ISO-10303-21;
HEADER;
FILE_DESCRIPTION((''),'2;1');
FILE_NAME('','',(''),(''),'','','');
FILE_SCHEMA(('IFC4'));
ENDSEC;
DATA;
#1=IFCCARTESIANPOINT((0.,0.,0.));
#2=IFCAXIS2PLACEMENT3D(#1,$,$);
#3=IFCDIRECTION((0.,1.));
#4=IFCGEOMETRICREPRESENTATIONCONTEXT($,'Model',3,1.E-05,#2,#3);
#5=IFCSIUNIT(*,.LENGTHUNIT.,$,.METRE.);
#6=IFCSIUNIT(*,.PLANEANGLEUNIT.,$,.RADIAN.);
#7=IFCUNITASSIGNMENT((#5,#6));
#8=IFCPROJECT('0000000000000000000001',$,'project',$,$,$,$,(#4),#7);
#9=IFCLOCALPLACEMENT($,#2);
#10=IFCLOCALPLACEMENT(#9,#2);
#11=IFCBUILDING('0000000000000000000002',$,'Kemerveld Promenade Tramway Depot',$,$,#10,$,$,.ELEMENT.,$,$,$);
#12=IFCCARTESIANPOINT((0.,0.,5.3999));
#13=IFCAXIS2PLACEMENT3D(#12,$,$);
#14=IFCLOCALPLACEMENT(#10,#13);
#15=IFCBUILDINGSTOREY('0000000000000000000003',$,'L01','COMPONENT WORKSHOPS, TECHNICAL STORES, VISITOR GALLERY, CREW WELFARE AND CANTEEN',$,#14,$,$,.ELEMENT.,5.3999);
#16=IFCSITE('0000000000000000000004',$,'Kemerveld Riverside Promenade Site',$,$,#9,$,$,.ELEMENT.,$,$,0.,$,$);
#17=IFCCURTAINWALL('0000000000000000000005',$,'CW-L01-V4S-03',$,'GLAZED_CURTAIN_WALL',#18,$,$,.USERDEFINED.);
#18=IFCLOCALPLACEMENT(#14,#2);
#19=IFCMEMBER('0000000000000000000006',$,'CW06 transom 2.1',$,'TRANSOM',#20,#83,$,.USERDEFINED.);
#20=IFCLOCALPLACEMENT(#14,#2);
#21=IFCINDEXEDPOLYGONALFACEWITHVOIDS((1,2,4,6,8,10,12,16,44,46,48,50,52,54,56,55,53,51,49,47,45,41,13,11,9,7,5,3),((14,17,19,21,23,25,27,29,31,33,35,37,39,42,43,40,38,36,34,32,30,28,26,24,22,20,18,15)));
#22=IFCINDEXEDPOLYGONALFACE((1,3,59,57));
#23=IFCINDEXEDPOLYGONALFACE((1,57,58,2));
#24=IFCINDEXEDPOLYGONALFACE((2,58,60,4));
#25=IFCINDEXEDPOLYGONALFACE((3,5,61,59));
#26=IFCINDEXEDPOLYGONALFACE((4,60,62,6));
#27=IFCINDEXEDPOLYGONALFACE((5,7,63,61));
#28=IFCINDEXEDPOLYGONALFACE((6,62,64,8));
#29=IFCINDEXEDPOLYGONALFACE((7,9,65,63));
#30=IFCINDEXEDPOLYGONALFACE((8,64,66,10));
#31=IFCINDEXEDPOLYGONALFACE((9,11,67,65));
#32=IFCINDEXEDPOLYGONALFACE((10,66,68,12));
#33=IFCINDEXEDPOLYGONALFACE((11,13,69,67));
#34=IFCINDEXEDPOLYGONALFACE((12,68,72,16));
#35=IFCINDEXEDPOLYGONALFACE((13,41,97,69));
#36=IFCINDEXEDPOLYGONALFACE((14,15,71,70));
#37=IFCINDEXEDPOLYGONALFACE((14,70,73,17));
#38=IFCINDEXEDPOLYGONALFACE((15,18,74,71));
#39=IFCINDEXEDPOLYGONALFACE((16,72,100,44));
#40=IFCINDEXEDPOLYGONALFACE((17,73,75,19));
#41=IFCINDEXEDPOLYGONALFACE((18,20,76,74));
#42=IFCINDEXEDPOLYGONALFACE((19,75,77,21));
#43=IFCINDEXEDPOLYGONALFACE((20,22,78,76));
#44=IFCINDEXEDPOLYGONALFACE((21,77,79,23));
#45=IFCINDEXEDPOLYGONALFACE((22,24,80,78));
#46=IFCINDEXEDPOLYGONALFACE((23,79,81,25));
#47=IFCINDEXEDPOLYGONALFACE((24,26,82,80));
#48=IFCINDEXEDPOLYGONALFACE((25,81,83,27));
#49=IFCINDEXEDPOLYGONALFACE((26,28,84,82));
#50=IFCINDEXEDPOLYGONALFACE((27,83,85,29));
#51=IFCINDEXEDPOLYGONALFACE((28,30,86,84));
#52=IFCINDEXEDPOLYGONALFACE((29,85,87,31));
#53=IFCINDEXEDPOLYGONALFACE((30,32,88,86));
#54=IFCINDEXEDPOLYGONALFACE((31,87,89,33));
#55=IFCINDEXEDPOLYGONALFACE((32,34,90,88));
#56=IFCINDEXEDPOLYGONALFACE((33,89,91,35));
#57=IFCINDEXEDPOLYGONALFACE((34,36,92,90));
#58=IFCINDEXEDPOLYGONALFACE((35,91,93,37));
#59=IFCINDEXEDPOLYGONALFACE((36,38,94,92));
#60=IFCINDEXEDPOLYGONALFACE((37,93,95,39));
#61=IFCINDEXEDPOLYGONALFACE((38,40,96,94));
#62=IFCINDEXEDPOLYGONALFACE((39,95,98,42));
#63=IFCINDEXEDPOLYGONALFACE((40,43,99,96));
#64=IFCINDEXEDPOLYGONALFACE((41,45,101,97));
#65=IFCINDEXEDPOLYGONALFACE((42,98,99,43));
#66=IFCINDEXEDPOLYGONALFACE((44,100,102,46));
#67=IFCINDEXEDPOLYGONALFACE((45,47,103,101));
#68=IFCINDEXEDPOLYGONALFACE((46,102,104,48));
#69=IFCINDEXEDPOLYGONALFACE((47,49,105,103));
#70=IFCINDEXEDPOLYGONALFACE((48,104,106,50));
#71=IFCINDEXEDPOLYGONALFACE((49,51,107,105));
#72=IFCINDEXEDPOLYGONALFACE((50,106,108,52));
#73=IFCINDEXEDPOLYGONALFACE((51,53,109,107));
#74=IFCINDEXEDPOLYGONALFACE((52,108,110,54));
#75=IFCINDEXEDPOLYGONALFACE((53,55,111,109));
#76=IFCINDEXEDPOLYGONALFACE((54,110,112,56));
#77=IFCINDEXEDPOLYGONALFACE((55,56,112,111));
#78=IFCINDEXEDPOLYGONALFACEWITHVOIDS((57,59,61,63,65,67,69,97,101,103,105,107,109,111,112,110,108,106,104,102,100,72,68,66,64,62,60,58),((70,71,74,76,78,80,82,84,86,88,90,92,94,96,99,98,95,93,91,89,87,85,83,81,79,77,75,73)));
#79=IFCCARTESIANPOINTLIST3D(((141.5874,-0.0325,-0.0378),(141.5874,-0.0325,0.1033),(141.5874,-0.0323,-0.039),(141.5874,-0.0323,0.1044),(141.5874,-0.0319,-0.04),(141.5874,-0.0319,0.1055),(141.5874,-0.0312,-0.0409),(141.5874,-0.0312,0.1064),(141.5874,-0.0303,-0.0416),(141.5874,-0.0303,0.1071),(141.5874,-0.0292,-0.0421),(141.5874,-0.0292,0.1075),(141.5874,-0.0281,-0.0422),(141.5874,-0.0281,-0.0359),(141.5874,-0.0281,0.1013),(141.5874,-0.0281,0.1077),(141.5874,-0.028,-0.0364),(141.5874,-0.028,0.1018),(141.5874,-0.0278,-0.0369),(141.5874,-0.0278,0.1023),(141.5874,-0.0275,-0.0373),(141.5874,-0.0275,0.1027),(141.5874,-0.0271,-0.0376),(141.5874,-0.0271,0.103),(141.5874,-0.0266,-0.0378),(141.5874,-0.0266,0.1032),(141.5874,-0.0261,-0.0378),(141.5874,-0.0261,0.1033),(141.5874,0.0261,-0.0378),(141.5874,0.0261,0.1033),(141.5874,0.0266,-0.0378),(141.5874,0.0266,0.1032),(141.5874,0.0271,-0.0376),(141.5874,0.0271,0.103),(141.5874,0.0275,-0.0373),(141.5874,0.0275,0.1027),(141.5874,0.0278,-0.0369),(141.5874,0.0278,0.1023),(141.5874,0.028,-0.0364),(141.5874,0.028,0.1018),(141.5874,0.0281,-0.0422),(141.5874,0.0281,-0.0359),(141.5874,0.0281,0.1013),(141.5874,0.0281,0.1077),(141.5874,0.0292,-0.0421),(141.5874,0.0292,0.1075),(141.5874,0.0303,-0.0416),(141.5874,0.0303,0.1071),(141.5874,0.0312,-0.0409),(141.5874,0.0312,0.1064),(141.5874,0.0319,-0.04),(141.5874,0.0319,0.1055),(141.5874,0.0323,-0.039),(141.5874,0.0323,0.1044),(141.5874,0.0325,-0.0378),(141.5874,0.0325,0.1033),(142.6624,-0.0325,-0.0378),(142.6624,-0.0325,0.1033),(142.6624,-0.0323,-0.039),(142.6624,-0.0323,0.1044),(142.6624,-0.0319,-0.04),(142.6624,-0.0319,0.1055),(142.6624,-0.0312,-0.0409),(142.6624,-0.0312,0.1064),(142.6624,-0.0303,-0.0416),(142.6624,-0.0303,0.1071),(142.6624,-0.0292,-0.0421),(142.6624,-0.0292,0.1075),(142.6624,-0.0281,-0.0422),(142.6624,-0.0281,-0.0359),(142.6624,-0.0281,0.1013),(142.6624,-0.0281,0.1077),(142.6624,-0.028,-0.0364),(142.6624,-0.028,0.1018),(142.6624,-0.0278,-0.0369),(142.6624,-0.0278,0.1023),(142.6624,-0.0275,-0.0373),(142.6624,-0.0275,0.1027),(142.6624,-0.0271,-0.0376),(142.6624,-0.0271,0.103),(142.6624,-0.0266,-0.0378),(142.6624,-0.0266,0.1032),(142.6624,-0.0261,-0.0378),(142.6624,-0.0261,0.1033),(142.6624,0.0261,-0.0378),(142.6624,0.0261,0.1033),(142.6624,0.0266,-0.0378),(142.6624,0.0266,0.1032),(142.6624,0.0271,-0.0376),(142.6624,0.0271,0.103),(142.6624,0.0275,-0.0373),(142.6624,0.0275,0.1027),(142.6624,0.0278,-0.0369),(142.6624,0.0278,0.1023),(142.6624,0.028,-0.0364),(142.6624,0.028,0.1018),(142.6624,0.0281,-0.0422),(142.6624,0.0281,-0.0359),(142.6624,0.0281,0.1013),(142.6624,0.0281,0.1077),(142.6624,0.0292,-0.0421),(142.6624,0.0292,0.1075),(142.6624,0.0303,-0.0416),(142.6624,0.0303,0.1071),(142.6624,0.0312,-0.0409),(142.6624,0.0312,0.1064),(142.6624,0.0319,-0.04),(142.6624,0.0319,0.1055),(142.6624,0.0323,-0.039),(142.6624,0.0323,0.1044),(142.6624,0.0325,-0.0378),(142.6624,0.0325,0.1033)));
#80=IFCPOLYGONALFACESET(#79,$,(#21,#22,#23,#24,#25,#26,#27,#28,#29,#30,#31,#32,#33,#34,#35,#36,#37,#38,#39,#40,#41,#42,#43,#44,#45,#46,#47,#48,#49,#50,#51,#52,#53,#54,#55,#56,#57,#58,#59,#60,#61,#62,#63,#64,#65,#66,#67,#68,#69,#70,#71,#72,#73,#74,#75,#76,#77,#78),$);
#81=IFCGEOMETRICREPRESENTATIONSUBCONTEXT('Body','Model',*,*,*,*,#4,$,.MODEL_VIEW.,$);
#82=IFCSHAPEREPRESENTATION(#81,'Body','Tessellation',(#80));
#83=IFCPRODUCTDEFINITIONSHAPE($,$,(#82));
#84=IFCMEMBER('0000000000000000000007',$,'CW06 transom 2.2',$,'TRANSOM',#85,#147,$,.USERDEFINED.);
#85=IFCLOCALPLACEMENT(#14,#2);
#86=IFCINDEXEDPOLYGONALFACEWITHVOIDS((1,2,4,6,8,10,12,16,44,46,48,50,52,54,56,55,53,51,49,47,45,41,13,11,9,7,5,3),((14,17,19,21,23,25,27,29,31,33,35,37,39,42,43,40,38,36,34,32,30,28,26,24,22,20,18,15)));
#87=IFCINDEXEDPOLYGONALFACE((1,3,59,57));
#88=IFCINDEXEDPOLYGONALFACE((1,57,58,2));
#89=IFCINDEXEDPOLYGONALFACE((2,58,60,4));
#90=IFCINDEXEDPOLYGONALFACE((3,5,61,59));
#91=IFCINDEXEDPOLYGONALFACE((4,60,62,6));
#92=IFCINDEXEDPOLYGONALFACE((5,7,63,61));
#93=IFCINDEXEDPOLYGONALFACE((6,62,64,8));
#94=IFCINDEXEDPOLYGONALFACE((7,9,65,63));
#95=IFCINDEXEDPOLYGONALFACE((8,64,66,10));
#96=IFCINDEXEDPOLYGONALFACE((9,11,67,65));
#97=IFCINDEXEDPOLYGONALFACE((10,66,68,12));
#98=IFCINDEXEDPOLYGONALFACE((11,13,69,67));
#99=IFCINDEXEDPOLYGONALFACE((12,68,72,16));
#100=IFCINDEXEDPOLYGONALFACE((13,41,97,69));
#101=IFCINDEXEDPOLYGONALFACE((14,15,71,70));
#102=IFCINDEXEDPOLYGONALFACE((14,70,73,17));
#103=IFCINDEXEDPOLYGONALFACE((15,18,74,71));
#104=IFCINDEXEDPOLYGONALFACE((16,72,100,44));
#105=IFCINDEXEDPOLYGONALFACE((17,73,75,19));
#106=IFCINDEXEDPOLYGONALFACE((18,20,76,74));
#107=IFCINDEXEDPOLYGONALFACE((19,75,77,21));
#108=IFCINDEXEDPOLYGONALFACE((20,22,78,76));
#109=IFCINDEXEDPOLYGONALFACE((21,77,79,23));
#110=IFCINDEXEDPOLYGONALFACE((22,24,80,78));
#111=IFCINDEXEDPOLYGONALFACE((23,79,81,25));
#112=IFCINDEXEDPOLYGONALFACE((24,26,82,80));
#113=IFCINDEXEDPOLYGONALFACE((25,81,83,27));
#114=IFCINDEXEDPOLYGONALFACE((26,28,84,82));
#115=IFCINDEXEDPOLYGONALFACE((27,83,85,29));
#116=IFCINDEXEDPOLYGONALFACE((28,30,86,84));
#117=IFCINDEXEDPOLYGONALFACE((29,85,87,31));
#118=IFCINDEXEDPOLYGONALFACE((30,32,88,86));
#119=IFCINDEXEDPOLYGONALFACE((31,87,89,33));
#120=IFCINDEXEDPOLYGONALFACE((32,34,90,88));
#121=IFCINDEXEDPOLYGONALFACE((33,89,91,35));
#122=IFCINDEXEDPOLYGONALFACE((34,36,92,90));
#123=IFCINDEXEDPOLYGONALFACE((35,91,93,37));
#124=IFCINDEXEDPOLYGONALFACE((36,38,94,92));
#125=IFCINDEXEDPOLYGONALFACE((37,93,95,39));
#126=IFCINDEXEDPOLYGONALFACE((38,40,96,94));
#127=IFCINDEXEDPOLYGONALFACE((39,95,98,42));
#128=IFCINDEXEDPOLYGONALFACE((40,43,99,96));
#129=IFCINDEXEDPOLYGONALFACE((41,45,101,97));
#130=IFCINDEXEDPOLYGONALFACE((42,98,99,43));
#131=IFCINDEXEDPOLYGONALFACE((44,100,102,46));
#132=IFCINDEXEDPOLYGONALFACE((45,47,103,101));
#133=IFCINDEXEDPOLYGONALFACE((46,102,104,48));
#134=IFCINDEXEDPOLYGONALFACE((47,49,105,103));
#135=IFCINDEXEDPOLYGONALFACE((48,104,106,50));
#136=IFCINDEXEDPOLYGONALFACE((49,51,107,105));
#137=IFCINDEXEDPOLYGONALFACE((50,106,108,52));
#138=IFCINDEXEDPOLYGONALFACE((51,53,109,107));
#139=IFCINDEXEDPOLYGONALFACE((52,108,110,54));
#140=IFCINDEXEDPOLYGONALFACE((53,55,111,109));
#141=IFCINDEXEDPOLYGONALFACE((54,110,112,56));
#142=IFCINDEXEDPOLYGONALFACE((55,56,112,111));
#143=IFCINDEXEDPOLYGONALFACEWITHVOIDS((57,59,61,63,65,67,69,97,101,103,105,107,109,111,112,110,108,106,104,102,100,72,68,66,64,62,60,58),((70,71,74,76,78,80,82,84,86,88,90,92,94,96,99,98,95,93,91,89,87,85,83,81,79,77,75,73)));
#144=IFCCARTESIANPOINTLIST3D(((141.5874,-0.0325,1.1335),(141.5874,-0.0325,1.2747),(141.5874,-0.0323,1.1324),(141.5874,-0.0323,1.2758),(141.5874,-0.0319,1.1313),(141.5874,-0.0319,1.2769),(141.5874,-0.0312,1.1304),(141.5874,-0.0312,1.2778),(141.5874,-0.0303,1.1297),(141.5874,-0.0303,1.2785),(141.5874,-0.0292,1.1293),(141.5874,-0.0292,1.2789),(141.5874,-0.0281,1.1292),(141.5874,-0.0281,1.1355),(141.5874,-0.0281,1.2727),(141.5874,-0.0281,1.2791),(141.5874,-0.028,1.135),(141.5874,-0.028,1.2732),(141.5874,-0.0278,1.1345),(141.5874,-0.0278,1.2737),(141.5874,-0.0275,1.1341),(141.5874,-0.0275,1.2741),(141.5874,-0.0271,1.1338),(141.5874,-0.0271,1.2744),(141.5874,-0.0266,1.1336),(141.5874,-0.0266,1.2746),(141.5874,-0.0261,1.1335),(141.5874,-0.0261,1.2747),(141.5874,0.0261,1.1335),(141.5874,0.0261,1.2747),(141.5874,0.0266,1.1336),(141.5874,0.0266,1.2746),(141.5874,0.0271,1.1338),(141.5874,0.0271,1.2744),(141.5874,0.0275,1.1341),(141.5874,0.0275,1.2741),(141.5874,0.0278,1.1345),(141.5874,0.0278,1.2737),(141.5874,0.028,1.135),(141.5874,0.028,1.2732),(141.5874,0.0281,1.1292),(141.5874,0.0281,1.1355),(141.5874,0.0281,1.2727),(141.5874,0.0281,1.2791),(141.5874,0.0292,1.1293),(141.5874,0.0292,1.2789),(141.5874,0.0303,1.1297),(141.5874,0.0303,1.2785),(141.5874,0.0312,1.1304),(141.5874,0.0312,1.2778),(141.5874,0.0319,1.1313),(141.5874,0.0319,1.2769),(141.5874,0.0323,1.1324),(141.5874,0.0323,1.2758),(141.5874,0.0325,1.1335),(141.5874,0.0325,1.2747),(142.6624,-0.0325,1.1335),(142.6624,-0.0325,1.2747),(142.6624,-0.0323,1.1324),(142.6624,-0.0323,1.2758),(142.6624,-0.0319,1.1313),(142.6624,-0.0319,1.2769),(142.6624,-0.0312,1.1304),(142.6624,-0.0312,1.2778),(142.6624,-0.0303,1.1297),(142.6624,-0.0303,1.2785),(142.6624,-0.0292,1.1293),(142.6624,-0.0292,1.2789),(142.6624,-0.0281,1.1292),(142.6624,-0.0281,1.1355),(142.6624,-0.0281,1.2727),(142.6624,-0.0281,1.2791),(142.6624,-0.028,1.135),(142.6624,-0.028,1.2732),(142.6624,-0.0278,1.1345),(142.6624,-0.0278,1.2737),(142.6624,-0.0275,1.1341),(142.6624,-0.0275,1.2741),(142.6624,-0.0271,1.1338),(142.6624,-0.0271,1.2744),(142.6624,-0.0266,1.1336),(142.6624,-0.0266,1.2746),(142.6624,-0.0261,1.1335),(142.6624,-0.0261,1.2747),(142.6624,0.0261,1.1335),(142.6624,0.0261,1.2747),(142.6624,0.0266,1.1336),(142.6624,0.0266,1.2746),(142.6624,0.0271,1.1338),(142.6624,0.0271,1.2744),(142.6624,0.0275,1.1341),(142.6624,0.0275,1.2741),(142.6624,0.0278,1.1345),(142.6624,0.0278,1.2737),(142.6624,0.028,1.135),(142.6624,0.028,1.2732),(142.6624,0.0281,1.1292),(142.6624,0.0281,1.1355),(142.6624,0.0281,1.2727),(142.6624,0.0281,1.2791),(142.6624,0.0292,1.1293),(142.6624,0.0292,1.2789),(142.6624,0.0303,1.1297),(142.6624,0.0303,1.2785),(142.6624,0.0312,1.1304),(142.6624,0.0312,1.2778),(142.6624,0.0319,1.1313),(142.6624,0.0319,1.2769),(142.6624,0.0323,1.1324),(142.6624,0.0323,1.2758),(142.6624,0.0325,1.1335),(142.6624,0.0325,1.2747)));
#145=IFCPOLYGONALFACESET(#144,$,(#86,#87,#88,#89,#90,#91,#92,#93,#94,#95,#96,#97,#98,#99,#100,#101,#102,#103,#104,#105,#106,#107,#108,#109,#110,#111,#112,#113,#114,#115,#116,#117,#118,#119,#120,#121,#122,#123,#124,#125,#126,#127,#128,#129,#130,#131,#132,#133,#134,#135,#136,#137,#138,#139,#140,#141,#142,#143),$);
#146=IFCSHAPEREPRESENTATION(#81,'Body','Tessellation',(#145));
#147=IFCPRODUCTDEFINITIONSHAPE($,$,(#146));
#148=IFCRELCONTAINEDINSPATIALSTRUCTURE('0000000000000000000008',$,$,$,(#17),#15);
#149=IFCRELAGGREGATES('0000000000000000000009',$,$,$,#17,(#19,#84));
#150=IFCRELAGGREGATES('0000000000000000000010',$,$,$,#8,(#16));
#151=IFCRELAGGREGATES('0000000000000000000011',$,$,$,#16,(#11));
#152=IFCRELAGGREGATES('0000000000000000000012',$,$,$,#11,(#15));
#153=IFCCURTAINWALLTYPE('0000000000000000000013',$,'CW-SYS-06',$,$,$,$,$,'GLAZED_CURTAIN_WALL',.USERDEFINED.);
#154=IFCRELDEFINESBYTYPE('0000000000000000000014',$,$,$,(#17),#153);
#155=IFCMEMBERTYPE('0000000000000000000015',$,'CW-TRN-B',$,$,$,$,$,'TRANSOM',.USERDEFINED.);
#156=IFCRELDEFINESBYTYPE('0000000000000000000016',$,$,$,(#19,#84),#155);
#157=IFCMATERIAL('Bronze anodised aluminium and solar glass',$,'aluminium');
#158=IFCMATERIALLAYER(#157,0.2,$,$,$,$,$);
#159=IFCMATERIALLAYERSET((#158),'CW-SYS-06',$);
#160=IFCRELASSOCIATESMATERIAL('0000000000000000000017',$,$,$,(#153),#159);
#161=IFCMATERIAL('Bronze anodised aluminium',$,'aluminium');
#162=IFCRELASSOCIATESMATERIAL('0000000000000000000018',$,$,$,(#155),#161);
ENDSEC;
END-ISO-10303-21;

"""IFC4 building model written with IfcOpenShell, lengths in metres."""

from ifc_helpers import new_model, si_unit, direction, frame, origin, origin_2d, place, context, subcontext, project, spatial, hollow_rectangle, extrude, material, layer, layer_set, material_profile, profile_set, type_object, element, aggregate, save


model = new_model("IFC4")

# Units and contexts
model_context = context("Model", 3, precision=1e-05, world=origin(), true_north=direction((0.0, 1.0)))
body_context = subcontext(model_context, "Body", "Model", "MODEL_VIEW")
ifc_project = project(units=[si_unit("LENGTHUNIT", "METRE"), si_unit("PLANEANGLEUNIT", "RADIAN")], contexts=[model_context])

# Site, building, storey
site_placement = place(None, origin())
site = spatial("IfcSite", under=ifc_project, at=site_placement, Name="Kemerveld Riverside Promenade Site", CompositionType="ELEMENT", RefElevation=0.0)
building_placement = place(site_placement, origin())
building = spatial("IfcBuilding", under=site, at=building_placement, Name="Kemerveld Promenade Tramway Depot", CompositionType="ELEMENT")
storey_placement = place(building_placement, frame((0.0, 0.0, 5.3999)))
storey = spatial("IfcBuildingStorey", under=building, at=storey_placement, Name="L01", Description="COMPONENT WORKSHOPS, TECHNICAL STORES, VISITOR GALLERY, CREW WELFARE AND CANTEEN", CompositionType="ELEMENT", Elevation=5.3999)

# Curtain wall, members
ifc_material_1 = material(Name="Bronze anodised aluminium and solar glass", Category="aluminium")
ifc_layer_1 = layer(ifc_material_1, 0.2)
ifc_layer_set_1 = layer_set([ifc_layer_1], Name="CW-SYS-06")
curtain_wall_type = type_object("IfcCurtainWallType", Name="CW-SYS-06", ElementType="GLAZED_CURTAIN_WALL", PredefinedType="USERDEFINED", material=ifc_layer_set_1)
curtain_wall_placement = place(storey_placement, origin())
curtain_wall = element("IfcCurtainWall", 1, at=curtain_wall_placement, inside=storey, type_object=curtain_wall_type, Name="CW-L01-V4S-03", ObjectType="GLAZED_CURTAIN_WALL", PredefinedType="USERDEFINED")
ifc_material_2 = material(Name="Bronze anodised aluminium", Category="aluminium")
ifc_material_profile_1 = material_profile(ifc_material_2, hollow_rectangle(XDim=0.0649, YDim=0.1499, WallThickness=0.0044, InnerFilletRadius=0.002, OuterFilletRadius=0.0044, at=origin_2d()), Name="CW-TRN-150x65")
ifc_profile_set_1 = profile_set([ifc_material_profile_1], Name="Bronze anodised aluminium")
member_type_1 = type_object("IfcMemberType", Name="CW-TRN-B", ElementType="TRANSOM", PredefinedType="USERDEFINED", material=ifc_profile_set_1)
member_1_placement = place(storey_placement, frame((142.6624, 0.0, 0.0327), z_axis=(-1.0, 0.0, 0.0), x_axis=(0.0, -1.0, 0.0)))
member_1 = element("IfcMember", 2, at=member_1_placement, type_object=member_type_1, Name="CW06 transom 2.1", ObjectType="TRANSOM", PredefinedType="USERDEFINED", context=body_context, shape_type="SweptSolid", body=[
    extrude(hollow_rectangle(XDim=0.0649, YDim=0.1499, WallThickness=0.0044, InnerFilletRadius=0.002, OuterFilletRadius=0.0044, at=origin_2d()), origin(), (0.0, 0.0, 1.0), 1.075),
])
member_2_placement = place(storey_placement, frame((142.6624, 0.0, 1.2041), z_axis=(-1.0, 0.0, 0.0), x_axis=(0.0, -1.0, 0.0)))
member_2 = element("IfcMember", 3, at=member_2_placement, type_object=member_type_1, Name="CW06 transom 2.2", ObjectType="TRANSOM", PredefinedType="USERDEFINED", context=body_context, shape_type="SweptSolid", body=[
    extrude(hollow_rectangle(XDim=0.0649, YDim=0.1499, WallThickness=0.0044, InnerFilletRadius=0.002, OuterFilletRadius=0.0044, at=origin_2d()), origin(), (0.0, 0.0, 1.0), 1.075),
])
aggregate(curtain_wall, [member_1, member_2])

save(model, "model.ifc")
